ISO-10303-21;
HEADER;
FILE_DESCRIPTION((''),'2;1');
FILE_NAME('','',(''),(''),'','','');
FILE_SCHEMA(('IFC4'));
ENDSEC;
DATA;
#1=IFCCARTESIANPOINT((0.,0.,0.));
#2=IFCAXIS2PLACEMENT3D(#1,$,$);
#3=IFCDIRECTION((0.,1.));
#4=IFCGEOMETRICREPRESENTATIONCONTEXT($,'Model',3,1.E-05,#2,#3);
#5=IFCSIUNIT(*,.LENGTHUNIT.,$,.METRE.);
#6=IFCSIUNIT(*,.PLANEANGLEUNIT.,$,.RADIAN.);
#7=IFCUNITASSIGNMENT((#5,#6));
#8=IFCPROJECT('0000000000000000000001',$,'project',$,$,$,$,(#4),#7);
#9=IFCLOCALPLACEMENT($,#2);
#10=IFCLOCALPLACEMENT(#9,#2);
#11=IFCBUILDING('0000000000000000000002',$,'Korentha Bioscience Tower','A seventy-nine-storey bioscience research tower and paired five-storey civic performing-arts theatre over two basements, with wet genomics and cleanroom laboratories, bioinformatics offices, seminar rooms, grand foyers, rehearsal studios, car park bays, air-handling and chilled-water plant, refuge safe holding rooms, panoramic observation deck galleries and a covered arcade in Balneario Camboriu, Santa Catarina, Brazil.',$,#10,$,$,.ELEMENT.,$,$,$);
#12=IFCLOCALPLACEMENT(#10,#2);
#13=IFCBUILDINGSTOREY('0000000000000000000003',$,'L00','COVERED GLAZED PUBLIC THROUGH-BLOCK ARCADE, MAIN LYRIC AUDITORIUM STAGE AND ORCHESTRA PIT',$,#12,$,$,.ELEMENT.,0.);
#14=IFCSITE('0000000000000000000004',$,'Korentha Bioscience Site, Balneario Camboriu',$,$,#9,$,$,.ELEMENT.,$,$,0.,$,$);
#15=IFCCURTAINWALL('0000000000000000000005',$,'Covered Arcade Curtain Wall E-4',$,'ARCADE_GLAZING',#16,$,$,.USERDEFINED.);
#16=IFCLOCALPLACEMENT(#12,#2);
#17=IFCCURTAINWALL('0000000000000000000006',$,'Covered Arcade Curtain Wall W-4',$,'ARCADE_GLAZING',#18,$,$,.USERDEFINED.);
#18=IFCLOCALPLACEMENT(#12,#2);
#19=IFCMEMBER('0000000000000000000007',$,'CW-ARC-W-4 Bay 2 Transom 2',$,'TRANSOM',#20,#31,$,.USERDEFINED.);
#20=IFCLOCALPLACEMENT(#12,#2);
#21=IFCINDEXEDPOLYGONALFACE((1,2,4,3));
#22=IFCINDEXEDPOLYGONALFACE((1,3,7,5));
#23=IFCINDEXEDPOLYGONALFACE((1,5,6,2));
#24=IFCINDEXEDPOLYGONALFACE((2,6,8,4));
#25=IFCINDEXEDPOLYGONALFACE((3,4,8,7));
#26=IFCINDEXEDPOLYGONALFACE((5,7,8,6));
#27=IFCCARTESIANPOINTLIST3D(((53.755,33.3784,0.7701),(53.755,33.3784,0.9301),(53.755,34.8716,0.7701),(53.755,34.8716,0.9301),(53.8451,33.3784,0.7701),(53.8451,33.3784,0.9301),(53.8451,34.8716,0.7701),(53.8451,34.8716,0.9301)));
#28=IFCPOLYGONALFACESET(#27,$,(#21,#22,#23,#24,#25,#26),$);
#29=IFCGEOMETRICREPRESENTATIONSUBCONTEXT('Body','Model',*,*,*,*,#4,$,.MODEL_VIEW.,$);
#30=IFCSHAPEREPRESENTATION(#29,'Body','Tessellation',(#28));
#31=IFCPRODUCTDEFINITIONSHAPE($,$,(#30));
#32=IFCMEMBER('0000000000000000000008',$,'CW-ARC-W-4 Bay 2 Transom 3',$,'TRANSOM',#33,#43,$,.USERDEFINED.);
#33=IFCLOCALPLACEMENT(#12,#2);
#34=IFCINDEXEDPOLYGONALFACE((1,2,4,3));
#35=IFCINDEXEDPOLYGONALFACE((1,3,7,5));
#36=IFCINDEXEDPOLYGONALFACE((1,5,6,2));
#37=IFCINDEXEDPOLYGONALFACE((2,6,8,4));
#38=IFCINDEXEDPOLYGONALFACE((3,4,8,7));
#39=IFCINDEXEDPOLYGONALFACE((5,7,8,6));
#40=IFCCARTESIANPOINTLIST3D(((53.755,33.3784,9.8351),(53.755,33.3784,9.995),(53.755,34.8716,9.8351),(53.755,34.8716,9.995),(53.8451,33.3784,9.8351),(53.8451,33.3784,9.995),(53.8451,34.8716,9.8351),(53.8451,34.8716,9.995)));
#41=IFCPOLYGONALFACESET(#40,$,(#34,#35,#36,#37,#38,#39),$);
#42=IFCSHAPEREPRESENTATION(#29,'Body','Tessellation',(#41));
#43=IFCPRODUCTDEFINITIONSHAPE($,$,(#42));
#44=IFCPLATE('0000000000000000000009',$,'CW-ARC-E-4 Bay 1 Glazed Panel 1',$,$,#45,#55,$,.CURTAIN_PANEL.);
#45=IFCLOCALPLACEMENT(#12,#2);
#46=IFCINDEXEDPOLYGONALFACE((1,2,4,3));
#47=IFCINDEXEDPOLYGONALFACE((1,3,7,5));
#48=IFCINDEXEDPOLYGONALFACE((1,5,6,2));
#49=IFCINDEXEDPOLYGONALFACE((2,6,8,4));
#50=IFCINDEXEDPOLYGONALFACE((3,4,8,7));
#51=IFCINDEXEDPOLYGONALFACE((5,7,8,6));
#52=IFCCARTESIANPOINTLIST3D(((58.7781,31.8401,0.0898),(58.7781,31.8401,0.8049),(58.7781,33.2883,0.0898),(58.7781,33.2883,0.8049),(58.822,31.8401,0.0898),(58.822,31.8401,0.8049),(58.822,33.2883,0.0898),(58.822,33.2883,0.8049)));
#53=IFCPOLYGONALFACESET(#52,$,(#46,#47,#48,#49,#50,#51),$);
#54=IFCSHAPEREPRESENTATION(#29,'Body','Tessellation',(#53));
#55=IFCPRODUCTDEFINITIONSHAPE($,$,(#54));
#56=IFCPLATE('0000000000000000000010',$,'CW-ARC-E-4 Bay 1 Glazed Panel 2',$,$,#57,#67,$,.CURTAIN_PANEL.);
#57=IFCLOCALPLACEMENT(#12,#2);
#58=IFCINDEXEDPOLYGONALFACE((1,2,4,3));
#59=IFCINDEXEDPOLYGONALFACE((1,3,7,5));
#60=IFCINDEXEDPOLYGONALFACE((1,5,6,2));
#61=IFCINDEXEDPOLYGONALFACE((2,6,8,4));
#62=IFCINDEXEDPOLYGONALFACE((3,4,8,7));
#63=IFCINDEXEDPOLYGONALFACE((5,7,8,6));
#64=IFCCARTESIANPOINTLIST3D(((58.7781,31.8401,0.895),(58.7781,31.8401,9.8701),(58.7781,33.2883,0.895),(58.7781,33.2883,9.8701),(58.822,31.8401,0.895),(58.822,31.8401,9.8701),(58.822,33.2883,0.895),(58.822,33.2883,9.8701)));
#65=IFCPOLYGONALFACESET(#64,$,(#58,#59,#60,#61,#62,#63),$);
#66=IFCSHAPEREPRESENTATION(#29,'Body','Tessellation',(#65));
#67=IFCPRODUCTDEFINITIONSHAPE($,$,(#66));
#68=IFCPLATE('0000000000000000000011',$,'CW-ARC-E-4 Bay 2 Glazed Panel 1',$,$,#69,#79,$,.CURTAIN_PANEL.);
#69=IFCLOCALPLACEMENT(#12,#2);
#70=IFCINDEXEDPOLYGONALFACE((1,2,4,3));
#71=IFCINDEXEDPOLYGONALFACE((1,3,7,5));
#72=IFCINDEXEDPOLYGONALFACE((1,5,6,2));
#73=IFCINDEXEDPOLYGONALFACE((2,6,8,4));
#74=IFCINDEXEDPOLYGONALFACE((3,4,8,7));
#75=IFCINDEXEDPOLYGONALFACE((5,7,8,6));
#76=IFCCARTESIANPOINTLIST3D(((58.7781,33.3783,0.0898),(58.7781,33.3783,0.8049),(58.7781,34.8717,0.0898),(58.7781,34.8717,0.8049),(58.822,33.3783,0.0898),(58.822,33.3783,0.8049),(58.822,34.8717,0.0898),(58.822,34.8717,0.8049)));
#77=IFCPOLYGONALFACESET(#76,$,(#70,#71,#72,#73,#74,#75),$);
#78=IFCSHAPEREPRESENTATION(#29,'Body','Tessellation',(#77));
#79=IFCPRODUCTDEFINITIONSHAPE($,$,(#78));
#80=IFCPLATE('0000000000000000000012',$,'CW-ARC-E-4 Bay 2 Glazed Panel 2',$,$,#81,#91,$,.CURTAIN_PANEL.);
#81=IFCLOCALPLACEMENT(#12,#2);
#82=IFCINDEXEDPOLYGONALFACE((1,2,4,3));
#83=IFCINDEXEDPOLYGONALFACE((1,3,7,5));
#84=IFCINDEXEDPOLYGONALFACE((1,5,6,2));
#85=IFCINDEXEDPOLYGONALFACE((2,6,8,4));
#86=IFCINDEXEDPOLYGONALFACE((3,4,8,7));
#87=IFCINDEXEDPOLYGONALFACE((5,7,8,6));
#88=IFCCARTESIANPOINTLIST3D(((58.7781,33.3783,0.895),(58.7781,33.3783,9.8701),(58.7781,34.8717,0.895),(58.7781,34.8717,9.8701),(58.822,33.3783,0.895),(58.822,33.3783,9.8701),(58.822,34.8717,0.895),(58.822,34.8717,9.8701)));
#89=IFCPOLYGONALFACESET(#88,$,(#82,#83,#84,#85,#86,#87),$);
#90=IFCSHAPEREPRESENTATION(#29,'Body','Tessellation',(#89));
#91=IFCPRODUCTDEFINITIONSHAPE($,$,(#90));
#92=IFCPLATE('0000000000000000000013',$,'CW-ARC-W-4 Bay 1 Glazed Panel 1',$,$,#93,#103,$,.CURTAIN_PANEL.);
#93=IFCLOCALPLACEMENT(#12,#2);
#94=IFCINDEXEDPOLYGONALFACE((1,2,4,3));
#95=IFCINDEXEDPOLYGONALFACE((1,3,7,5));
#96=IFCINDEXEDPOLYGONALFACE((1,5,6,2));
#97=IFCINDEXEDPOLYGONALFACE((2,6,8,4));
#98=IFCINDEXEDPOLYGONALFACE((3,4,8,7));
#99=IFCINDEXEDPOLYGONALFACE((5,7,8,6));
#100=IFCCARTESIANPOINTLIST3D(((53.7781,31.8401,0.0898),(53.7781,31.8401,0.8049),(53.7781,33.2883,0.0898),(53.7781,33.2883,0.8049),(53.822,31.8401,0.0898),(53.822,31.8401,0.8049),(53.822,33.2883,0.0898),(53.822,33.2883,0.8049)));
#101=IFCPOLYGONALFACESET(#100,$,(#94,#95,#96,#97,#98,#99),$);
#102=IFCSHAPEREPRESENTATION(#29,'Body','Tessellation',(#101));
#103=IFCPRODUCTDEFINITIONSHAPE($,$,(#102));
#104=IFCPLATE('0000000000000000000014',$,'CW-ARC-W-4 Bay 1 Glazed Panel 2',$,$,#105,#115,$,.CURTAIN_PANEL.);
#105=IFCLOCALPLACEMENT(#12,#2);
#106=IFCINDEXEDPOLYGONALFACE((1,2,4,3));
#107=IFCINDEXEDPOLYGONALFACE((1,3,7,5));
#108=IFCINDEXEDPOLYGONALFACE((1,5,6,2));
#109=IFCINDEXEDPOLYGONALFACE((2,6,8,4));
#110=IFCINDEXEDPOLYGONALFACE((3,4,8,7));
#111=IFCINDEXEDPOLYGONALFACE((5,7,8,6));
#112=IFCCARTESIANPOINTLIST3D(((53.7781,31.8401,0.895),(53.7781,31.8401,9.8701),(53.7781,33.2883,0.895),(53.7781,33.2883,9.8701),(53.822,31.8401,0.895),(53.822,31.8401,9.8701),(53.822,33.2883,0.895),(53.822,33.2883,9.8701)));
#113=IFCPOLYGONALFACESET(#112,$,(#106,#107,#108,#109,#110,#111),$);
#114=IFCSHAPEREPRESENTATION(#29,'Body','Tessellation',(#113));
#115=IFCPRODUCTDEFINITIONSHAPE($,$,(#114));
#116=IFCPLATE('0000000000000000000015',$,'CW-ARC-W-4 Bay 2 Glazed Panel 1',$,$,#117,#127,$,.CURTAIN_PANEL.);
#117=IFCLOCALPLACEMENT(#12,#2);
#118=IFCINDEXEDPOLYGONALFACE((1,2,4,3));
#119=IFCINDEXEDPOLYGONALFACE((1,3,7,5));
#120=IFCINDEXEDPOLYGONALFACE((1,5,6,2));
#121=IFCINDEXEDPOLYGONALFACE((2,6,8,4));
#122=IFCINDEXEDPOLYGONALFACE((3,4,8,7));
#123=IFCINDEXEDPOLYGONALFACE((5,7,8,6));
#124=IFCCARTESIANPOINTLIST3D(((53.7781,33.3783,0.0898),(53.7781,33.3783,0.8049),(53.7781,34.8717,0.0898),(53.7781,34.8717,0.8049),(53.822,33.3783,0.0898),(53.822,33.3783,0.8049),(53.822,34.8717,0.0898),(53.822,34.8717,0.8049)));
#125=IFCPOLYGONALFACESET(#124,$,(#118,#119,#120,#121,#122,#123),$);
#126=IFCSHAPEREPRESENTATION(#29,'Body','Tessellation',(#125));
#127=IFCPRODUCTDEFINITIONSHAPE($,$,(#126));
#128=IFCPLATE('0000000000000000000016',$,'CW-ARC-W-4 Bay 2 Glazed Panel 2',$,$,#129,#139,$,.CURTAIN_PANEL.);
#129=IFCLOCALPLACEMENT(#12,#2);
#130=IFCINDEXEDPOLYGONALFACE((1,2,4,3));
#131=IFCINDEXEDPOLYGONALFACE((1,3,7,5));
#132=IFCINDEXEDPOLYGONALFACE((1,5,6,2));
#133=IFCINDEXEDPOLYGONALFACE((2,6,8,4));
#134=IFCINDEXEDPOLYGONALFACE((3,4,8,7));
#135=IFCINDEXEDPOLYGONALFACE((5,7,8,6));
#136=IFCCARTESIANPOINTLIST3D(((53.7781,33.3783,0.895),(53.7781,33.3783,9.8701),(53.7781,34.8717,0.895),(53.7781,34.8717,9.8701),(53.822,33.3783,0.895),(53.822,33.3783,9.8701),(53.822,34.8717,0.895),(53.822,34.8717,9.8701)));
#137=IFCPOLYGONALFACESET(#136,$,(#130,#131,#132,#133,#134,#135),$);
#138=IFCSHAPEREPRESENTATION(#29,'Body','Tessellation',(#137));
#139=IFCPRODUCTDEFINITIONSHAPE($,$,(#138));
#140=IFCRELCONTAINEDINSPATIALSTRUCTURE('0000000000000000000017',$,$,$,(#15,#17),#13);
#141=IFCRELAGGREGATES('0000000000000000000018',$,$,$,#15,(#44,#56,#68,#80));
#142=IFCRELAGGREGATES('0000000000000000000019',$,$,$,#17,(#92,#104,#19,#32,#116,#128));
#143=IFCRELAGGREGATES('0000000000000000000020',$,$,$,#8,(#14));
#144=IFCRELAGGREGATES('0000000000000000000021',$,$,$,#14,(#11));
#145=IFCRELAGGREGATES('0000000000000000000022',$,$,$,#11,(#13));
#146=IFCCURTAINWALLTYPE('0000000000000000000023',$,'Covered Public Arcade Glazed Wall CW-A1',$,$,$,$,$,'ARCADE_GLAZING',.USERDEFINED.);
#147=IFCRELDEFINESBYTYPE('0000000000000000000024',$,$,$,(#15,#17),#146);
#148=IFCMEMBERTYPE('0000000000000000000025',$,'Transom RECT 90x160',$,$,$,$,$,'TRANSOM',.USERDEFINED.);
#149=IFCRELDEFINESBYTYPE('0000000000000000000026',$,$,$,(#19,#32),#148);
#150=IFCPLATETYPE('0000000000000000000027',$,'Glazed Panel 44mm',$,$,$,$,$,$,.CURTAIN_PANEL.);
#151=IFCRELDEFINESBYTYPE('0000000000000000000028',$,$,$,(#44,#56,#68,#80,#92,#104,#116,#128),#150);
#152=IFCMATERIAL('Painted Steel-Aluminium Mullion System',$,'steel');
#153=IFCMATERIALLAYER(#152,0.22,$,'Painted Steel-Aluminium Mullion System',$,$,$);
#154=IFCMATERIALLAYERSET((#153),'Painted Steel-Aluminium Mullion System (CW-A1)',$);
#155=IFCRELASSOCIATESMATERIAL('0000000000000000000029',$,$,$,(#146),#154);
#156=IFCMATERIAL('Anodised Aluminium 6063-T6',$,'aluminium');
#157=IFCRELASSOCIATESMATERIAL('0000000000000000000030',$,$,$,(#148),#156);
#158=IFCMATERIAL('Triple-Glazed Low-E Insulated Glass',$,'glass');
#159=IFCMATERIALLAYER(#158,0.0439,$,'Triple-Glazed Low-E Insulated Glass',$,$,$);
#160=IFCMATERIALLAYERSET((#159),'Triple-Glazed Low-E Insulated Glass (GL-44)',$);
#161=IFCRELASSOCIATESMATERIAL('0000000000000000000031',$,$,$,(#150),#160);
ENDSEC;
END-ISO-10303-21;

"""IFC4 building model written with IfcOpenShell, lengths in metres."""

from ifc_helpers import new_model, si_unit, direction, frame, origin, origin_2d, place, context, subcontext, project, spatial, rectangle, extrude, material, layer, layer_set, material_profile, profile_set, type_object, element, aggregate, save


model = new_model("IFC4")

# Units and contexts
model_context = context("Model", 3, precision=1e-05, world=origin(), true_north=direction((0.0, 1.0)))
body_context = subcontext(model_context, "Body", "Model", "MODEL_VIEW")
ifc_project = project(units=[si_unit("LENGTHUNIT", "METRE"), si_unit("PLANEANGLEUNIT", "RADIAN")], contexts=[model_context])

# Site, building, storey
site_placement = place(None, origin())
site = spatial("IfcSite", under=ifc_project, at=site_placement, Name="Korentha Bioscience Site, Balneario Camboriu", CompositionType="ELEMENT", RefElevation=0.0)
building_placement = place(site_placement, origin())
building = spatial("IfcBuilding", under=site, at=building_placement, Name="Korentha Bioscience Tower", Description="A seventy-nine-storey bioscience research tower and paired five-storey civic performing-arts theatre over two basements, with wet genomics and cleanroom laboratories, bioinformatics offices, seminar rooms, grand foyers, rehearsal studios, car park bays, air-handling and chilled-water plant, refuge safe holding rooms, panoramic observation deck galleries and a covered arcade in Balneario Camboriu, Santa Catarina, Brazil.", CompositionType="ELEMENT")
storey_placement = place(building_placement, origin())
storey = spatial("IfcBuildingStorey", under=building, at=storey_placement, Name="L00", Description="COVERED GLAZED PUBLIC THROUGH-BLOCK ARCADE, MAIN LYRIC AUDITORIUM STAGE AND ORCHESTRA PIT", CompositionType="ELEMENT", Elevation=0.0)

# Curtain wall
ifc_material_1 = material(Name="Painted Steel-Aluminium Mullion System", Category="steel")
ifc_layer_1 = layer(ifc_material_1, 0.22, Name="Painted Steel-Aluminium Mullion System")
ifc_layer_set_1 = layer_set([ifc_layer_1], Name="Painted Steel-Aluminium Mullion System (CW-A1)")
curtain_wall_type = type_object("IfcCurtainWallType", Name="Covered Public Arcade Glazed Wall CW-A1", ElementType="ARCADE_GLAZING", PredefinedType="USERDEFINED", material=ifc_layer_set_1)
curtain_wall_1_placement = place(storey_placement, origin())
curtain_wall_1 = element("IfcCurtainWall", 1, at=curtain_wall_1_placement, inside=storey, type_object=curtain_wall_type, Name="Covered Arcade Curtain Wall E-4", ObjectType="ARCADE_GLAZING", PredefinedType="USERDEFINED")
ifc_material_2 = material(Name="Anodised Aluminium 6063-T6", Category="aluminium")

# Curtain wall
curtain_wall_2_placement = place(storey_placement, origin())
curtain_wall_2 = element("IfcCurtainWall", 2, at=curtain_wall_2_placement, inside=storey, type_object=curtain_wall_type, Name="Covered Arcade Curtain Wall W-4", ObjectType="ARCADE_GLAZING", PredefinedType="USERDEFINED")

# Members
ifc_material_profile_1 = material_profile(ifc_material_2, rectangle(XDim=0.0901, YDim=0.1599, at=origin_2d()), Name="Anodised Aluminium 6063-T6")
ifc_profile_set_1 = profile_set([ifc_material_profile_1], Name="Anodised Aluminium 6063-T6 (CW-TRN)")
member_type_1 = type_object("IfcMemberType", Name="Transom RECT 90x160", ElementType="TRANSOM", PredefinedType="USERDEFINED", material=ifc_profile_set_1)
member_1_placement = place(storey_placement, frame((53.8, 33.3784, 0.8501), z_axis=(0.0, 1.0, 0.0), x_axis=(-1.0, 0.0, 0.0)))
member_1 = element("IfcMember", 3, at=member_1_placement, type_object=member_type_1, Name="CW-ARC-W-4 Bay 2 Transom 2", ObjectType="TRANSOM", PredefinedType="USERDEFINED", context=body_context, shape_type="SweptSolid", body=[
    extrude(rectangle(XDim=0.0901, YDim=0.1599, at=origin_2d()), origin(), (0.0, 0.0, 1.0), 1.4932),
])
member_2_placement = place(storey_placement, frame((53.8, 33.3784, 9.915), z_axis=(0.0, 1.0, 0.0), x_axis=(-1.0, 0.0, 0.0)))
member_2 = element("IfcMember", 4, at=member_2_placement, type_object=member_type_1, Name="CW-ARC-W-4 Bay 2 Transom 3", ObjectType="TRANSOM", PredefinedType="USERDEFINED", context=body_context, shape_type="SweptSolid", body=[
    extrude(rectangle(XDim=0.0901, YDim=0.1599, at=origin_2d()), origin(), (0.0, 0.0, 1.0), 1.4932),
])

# Plates
ifc_material_3 = material(Name="Triple-Glazed Low-E Insulated Glass", Category="glass")
ifc_layer_2 = layer(ifc_material_3, 0.0439, Name="Triple-Glazed Low-E Insulated Glass")
ifc_layer_set_2 = layer_set([ifc_layer_2], Name="Triple-Glazed Low-E Insulated Glass (GL-44)")
plate_type = type_object("IfcPlateType", Name="Glazed Panel 44mm", PredefinedType="CURTAIN_PANEL", material=ifc_layer_set_2)
plate_1_placement = place(storey_placement, frame((58.8, 32.5642, 0.0898), z_axis=(0.0, 0.0, 1.0), x_axis=(0.0, 1.0, 0.0)))
plate_1 = element("IfcPlate", 5, at=plate_1_placement, type_object=plate_type, Name="CW-ARC-E-4 Bay 1 Glazed Panel 1", PredefinedType="CURTAIN_PANEL", context=body_context, shape_type="SweptSolid", body=[
    extrude(rectangle(XDim=1.4482, YDim=0.0439, at=origin_2d()), origin(), (0.0, 0.0, 1.0), 0.7151),
])
plate_2_placement = place(storey_placement, frame((58.8, 32.5642, 0.895), z_axis=(0.0, 0.0, 1.0), x_axis=(0.0, 1.0, 0.0)))
plate_2 = element("IfcPlate", 6, at=plate_2_placement, type_object=plate_type, Name="CW-ARC-E-4 Bay 1 Glazed Panel 2", PredefinedType="CURTAIN_PANEL", context=body_context, shape_type="SweptSolid", body=[
    extrude(rectangle(XDim=1.4482, YDim=0.0439, at=origin_2d()), origin(), (0.0, 0.0, 1.0), 8.9751),
])
plate_3_placement = place(storey_placement, frame((58.8, 34.125, 0.0898), z_axis=(0.0, 0.0, 1.0), x_axis=(0.0, 1.0, 0.0)))
plate_3 = element("IfcPlate", 7, at=plate_3_placement, type_object=plate_type, Name="CW-ARC-E-4 Bay 2 Glazed Panel 1", PredefinedType="CURTAIN_PANEL", context=body_context, shape_type="SweptSolid", body=[
    extrude(rectangle(XDim=1.4934, YDim=0.0439, at=origin_2d()), origin(), (0.0, 0.0, 1.0), 0.7151),
])
plate_4_placement = place(storey_placement, frame((58.8, 34.125, 0.895), z_axis=(0.0, 0.0, 1.0), x_axis=(0.0, 1.0, 0.0)))
plate_4 = element("IfcPlate", 8, at=plate_4_placement, type_object=plate_type, Name="CW-ARC-E-4 Bay 2 Glazed Panel 2", PredefinedType="CURTAIN_PANEL", context=body_context, shape_type="SweptSolid", body=[
    extrude(rectangle(XDim=1.4934, YDim=0.0439, at=origin_2d()), origin(), (0.0, 0.0, 1.0), 8.9751),
])
aggregate(curtain_wall_1, [plate_1, plate_2, plate_3, plate_4])
plate_5_placement = place(storey_placement, frame((53.8, 32.5642, 0.0898), z_axis=(0.0, 0.0, 1.0), x_axis=(0.0, 1.0, 0.0)))
plate_5 = element("IfcPlate", 9, at=plate_5_placement, type_object=plate_type, Name="CW-ARC-W-4 Bay 1 Glazed Panel 1", PredefinedType="CURTAIN_PANEL", context=body_context, shape_type="SweptSolid", body=[
    extrude(rectangle(XDim=1.4482, YDim=0.0439, at=origin_2d()), origin(), (0.0, 0.0, 1.0), 0.7151),
])
plate_6_placement = place(storey_placement, frame((53.8, 32.5642, 0.895), z_axis=(0.0, 0.0, 1.0), x_axis=(0.0, 1.0, 0.0)))
plate_6 = element("IfcPlate", 10, at=plate_6_placement, type_object=plate_type, Name="CW-ARC-W-4 Bay 1 Glazed Panel 2", PredefinedType="CURTAIN_PANEL", context=body_context, shape_type="SweptSolid", body=[
    extrude(rectangle(XDim=1.4482, YDim=0.0439, at=origin_2d()), origin(), (0.0, 0.0, 1.0), 8.9751),
])
plate_7_placement = place(storey_placement, frame((53.8, 34.125, 0.0898), z_axis=(0.0, 0.0, 1.0), x_axis=(0.0, 1.0, 0.0)))
plate_7 = element("IfcPlate", 11, at=plate_7_placement, type_object=plate_type, Name="CW-ARC-W-4 Bay 2 Glazed Panel 1", PredefinedType="CURTAIN_PANEL", context=body_context, shape_type="SweptSolid", body=[
    extrude(rectangle(XDim=1.4934, YDim=0.0439, at=origin_2d()), origin(), (0.0, 0.0, 1.0), 0.7151),
])
plate_8_placement = place(storey_placement, frame((53.8, 34.125, 0.895), z_axis=(0.0, 0.0, 1.0), x_axis=(0.0, 1.0, 0.0)))
plate_8 = element("IfcPlate", 12, at=plate_8_placement, type_object=plate_type, Name="CW-ARC-W-4 Bay 2 Glazed Panel 2", PredefinedType="CURTAIN_PANEL", context=body_context, shape_type="SweptSolid", body=[
    extrude(rectangle(XDim=1.4934, YDim=0.0439, at=origin_2d()), origin(), (0.0, 0.0, 1.0), 8.9751),
])
aggregate(curtain_wall_2, [plate_5, plate_6, member_1, member_2, plate_7, plate_8])

save(model, "model.ifc")
